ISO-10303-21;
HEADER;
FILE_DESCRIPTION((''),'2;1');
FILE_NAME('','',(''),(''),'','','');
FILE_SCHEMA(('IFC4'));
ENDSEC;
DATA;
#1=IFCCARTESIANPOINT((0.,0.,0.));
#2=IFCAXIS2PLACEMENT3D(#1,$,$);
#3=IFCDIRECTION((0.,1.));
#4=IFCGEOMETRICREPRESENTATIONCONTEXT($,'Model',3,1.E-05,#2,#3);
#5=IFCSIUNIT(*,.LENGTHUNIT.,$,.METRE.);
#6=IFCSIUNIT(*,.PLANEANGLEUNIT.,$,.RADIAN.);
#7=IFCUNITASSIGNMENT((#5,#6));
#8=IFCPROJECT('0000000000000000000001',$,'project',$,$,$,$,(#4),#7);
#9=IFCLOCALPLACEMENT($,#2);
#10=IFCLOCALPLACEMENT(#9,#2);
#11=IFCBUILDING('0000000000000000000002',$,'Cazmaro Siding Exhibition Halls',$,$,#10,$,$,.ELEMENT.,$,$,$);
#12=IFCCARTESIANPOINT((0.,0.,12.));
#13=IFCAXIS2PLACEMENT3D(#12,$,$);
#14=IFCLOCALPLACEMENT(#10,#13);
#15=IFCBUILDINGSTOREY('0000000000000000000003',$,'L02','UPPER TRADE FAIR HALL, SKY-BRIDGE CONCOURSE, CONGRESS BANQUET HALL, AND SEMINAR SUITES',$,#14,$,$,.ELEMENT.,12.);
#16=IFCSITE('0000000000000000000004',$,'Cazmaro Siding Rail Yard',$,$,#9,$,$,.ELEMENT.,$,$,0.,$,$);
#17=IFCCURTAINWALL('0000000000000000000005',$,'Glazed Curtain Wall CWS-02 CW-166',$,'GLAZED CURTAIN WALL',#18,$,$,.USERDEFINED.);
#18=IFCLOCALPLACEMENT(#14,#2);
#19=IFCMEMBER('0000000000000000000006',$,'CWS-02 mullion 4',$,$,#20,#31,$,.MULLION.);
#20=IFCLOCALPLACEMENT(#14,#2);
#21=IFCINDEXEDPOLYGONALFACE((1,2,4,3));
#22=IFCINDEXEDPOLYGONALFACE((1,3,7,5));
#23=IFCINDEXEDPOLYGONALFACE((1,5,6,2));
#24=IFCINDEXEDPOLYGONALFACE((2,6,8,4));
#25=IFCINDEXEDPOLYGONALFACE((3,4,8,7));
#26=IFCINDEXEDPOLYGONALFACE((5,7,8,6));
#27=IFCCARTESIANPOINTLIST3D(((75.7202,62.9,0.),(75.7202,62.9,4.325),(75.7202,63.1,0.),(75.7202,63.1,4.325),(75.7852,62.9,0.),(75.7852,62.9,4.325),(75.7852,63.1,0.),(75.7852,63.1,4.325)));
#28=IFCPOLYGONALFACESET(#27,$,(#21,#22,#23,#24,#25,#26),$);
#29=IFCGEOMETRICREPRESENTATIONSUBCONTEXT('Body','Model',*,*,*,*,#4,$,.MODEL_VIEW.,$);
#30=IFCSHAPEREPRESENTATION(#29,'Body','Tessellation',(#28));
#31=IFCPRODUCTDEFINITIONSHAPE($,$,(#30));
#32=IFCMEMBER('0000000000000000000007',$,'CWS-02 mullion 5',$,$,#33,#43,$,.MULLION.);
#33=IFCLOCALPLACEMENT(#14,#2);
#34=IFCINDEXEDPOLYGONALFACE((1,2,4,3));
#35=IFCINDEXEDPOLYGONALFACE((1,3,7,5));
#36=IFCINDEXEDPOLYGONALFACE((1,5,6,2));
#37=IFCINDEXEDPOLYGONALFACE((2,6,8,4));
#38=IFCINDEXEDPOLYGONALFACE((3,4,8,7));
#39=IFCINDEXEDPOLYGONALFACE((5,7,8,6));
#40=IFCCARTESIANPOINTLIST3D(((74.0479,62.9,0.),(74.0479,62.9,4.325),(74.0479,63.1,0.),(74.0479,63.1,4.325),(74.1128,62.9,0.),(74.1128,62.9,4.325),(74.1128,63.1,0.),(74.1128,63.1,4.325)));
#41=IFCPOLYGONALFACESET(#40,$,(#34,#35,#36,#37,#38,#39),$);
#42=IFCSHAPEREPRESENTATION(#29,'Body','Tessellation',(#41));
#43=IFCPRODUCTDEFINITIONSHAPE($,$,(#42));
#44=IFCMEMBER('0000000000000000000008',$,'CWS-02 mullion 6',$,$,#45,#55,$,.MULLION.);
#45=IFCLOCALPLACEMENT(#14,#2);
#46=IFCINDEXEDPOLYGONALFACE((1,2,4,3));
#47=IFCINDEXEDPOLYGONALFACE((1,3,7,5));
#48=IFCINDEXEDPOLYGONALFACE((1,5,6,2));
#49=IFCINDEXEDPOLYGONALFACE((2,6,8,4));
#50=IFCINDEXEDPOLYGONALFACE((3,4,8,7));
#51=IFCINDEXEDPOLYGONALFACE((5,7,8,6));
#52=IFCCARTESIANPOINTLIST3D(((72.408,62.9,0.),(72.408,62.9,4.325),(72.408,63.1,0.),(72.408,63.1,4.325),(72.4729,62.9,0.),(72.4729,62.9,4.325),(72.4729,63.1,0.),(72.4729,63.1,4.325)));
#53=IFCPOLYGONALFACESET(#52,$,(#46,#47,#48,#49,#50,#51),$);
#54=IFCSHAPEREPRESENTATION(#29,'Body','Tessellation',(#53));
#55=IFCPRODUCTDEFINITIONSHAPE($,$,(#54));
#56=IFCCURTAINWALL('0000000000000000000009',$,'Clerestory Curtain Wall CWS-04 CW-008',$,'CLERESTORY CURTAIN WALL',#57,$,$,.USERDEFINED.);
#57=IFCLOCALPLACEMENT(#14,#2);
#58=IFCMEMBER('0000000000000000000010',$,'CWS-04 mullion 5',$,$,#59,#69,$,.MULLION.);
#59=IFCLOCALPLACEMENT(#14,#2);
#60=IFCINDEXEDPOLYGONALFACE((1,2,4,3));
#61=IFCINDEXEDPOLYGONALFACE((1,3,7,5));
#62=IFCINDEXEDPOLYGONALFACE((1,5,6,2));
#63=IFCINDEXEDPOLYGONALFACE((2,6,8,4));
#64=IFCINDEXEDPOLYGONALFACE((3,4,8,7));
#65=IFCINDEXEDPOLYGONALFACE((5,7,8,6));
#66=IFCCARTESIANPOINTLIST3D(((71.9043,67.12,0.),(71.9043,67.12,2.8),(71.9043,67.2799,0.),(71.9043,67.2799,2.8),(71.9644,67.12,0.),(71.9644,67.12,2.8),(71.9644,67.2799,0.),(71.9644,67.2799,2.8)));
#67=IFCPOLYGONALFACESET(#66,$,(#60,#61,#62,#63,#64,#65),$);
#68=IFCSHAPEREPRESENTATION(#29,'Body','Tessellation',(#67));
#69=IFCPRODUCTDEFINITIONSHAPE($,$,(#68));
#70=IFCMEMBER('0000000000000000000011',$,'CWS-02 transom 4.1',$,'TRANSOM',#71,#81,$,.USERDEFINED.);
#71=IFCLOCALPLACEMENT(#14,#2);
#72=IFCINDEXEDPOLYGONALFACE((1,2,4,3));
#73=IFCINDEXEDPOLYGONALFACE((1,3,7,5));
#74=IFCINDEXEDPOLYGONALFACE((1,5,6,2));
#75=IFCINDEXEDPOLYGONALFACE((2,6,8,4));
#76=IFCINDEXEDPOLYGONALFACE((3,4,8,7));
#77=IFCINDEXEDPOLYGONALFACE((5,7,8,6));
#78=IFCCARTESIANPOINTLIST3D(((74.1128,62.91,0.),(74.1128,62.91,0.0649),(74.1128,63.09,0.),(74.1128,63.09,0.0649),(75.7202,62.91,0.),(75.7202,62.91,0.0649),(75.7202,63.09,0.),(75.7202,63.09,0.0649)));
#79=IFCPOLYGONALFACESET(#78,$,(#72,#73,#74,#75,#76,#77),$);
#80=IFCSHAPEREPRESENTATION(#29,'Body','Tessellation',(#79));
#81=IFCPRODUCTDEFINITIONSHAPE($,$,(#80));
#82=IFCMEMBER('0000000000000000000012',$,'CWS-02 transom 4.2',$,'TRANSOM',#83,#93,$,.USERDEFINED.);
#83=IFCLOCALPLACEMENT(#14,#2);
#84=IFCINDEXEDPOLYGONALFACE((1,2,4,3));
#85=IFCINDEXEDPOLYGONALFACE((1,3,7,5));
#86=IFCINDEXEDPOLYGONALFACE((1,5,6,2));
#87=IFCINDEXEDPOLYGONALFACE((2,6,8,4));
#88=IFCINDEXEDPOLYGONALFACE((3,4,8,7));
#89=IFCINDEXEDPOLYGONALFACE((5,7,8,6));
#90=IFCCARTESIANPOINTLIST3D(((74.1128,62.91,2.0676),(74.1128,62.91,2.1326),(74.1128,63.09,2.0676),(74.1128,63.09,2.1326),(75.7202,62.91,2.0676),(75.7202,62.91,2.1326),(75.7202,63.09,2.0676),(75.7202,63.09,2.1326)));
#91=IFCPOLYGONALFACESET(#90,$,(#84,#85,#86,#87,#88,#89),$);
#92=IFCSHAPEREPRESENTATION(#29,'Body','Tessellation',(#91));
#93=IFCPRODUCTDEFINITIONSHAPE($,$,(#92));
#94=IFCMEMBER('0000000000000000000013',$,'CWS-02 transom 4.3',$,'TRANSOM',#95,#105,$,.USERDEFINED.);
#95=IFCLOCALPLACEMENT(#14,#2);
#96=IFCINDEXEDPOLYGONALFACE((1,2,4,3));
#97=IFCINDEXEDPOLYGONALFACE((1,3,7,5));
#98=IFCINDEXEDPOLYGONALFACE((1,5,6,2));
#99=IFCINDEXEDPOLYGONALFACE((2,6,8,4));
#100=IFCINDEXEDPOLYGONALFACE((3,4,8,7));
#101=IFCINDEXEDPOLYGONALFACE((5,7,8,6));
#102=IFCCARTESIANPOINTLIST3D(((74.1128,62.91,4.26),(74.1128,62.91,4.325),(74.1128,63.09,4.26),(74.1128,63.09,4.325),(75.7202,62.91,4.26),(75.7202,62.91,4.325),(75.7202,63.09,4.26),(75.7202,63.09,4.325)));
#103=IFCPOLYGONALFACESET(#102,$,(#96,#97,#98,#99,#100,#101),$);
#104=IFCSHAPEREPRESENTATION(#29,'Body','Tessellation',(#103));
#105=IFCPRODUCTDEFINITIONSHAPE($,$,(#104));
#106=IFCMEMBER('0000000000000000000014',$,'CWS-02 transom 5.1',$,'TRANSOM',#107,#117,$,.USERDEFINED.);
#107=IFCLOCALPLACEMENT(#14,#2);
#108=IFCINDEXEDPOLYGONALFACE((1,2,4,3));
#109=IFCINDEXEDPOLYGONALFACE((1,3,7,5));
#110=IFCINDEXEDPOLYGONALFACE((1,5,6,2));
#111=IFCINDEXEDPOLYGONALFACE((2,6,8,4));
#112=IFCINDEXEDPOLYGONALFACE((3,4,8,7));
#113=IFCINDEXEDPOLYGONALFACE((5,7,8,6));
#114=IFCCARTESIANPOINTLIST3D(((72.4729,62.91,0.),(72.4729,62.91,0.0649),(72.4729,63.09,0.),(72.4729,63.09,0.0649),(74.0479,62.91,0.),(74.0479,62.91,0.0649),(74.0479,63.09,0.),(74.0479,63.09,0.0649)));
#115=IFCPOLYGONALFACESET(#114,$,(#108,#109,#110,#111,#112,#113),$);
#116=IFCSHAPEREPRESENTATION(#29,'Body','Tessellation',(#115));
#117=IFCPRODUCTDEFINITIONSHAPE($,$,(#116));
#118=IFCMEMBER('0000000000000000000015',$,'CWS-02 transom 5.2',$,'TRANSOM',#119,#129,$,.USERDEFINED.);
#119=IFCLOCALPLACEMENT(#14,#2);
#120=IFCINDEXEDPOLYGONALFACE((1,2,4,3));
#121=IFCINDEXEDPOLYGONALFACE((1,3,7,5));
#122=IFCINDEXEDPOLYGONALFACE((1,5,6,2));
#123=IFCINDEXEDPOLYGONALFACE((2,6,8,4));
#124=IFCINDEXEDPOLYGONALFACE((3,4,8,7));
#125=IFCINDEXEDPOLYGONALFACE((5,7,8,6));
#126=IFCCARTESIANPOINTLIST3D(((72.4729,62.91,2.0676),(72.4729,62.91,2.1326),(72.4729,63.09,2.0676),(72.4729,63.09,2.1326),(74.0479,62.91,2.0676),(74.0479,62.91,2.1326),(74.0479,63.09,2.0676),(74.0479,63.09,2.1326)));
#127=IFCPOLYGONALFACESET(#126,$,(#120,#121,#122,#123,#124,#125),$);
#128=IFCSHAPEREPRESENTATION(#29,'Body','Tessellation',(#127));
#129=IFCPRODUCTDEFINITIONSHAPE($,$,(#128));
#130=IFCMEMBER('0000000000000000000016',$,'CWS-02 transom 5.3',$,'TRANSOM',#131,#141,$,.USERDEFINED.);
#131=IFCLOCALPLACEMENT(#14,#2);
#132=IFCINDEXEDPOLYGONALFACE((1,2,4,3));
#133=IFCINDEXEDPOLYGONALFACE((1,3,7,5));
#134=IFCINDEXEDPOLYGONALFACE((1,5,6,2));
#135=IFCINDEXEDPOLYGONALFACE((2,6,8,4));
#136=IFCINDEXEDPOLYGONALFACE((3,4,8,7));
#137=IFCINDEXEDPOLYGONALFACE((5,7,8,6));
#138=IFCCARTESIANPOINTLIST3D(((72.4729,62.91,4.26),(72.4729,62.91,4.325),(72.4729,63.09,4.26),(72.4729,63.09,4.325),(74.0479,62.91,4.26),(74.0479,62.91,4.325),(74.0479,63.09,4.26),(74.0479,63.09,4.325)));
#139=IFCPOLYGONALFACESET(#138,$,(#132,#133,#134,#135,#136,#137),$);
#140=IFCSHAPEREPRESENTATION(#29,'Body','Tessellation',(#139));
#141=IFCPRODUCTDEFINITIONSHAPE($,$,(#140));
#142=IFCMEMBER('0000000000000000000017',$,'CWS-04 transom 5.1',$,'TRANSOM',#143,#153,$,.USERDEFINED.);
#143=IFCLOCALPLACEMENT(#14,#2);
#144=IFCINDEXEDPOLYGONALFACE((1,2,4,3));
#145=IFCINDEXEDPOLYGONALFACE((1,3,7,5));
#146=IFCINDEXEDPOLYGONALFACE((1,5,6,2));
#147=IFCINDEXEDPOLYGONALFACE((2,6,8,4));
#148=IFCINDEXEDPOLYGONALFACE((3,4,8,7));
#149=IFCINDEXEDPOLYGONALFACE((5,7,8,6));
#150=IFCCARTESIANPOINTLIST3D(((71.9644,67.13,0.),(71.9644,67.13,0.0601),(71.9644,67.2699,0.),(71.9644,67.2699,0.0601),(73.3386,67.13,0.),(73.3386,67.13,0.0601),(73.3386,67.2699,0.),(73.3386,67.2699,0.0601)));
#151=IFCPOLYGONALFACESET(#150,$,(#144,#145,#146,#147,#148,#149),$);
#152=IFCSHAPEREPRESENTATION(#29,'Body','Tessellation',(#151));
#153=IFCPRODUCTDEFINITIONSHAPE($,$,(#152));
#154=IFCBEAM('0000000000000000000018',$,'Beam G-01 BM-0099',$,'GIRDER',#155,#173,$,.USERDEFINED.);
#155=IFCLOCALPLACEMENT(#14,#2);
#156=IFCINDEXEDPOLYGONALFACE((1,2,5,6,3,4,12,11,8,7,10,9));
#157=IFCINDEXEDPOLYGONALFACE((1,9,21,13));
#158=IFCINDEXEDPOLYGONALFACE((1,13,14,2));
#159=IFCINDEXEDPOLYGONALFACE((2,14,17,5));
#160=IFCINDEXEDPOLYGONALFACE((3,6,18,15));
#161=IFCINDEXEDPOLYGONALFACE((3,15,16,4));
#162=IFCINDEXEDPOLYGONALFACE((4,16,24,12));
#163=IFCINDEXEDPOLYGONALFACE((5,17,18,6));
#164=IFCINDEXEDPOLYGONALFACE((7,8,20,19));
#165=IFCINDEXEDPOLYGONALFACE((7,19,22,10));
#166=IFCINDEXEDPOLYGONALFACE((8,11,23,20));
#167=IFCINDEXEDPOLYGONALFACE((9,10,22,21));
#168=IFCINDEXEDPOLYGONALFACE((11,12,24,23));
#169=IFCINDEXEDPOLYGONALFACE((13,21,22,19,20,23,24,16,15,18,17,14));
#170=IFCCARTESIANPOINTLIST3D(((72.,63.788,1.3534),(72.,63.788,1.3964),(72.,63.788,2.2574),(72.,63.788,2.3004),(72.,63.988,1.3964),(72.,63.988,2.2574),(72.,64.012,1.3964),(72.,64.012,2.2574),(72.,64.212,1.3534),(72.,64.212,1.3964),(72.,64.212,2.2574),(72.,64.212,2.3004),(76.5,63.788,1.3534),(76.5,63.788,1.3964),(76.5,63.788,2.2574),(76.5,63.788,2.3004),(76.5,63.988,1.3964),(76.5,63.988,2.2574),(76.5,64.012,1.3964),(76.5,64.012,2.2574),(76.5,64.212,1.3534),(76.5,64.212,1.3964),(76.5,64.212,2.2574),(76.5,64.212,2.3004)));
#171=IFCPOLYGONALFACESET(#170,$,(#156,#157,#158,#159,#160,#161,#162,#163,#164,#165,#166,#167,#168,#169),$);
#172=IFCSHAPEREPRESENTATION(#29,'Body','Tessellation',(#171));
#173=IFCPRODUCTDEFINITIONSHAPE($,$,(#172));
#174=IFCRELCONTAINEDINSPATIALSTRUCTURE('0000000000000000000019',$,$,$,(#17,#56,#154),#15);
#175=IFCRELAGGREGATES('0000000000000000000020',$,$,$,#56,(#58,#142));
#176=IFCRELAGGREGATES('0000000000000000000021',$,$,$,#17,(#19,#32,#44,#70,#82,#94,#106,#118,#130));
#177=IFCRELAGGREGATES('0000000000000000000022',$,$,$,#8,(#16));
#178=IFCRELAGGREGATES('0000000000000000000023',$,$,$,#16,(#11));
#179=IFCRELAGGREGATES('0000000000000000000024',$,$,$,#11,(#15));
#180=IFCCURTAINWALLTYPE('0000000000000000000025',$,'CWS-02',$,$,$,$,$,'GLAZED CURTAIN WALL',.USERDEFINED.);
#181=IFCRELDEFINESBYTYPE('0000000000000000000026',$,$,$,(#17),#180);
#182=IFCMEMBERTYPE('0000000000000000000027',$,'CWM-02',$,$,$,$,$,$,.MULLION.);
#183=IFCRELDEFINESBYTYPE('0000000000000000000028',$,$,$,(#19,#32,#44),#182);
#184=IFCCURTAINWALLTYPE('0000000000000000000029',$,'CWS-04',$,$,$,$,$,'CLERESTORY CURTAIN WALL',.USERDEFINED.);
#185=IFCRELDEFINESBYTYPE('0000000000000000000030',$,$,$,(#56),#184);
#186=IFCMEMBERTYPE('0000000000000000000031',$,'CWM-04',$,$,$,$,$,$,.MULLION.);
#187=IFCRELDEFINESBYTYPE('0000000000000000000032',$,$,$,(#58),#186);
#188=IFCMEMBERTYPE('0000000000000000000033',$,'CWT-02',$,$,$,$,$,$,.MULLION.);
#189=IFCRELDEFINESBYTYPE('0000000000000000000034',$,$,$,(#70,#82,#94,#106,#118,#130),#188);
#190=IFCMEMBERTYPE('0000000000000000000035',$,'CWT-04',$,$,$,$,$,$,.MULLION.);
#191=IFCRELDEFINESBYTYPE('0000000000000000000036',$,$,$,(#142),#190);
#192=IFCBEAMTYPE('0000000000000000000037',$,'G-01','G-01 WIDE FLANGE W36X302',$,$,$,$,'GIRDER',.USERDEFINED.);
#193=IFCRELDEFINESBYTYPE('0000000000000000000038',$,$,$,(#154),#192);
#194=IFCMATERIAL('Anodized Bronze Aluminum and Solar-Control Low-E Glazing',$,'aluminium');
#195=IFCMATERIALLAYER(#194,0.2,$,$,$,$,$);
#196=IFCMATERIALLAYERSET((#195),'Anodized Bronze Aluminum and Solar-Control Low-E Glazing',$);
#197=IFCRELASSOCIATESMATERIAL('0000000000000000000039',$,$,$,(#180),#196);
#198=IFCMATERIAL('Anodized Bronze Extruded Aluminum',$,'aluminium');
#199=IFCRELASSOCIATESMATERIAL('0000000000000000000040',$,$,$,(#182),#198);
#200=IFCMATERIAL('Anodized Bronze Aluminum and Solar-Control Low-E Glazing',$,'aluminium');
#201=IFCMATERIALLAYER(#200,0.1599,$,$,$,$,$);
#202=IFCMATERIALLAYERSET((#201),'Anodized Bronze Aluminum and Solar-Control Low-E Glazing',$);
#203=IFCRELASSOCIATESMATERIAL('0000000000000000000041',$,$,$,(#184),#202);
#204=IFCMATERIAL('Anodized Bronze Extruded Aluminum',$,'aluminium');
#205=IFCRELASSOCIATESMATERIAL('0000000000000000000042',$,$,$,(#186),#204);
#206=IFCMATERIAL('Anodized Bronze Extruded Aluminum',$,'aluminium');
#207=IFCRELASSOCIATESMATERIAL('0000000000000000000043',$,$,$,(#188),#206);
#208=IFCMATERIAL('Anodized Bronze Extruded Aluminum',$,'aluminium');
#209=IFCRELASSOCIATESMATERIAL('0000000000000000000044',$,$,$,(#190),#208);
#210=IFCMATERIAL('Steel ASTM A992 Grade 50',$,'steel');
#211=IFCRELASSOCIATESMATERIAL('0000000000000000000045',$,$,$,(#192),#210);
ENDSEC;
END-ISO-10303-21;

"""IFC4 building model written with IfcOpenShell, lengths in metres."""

from ifc_helpers import new_model, si_unit, direction, frame, origin, origin_2d, place, context, subcontext, project, spatial, rectangle, i_section, extrude, material, layer, layer_set, material_profile, profile_set, type_object, element, aggregate, save


model = new_model("IFC4")

# Units and contexts
model_context = context("Model", 3, precision=1e-05, world=origin(), true_north=direction((0.0, 1.0)))
body_context = subcontext(model_context, "Body", "Model", "MODEL_VIEW")
ifc_project = project(units=[si_unit("LENGTHUNIT", "METRE"), si_unit("PLANEANGLEUNIT", "RADIAN")], contexts=[model_context])

# Site, building, storey
site_placement = place(None, origin())
site = spatial("IfcSite", under=ifc_project, at=site_placement, Name="Cazmaro Siding Rail Yard", CompositionType="ELEMENT", RefElevation=0.0)
building_placement = place(site_placement, origin())
building = spatial("IfcBuilding", under=site, at=building_placement, Name="Cazmaro Siding Exhibition Halls", CompositionType="ELEMENT")
storey_placement = place(building_placement, frame((0.0, 0.0, 12.0)))
storey = spatial("IfcBuildingStorey", under=building, at=storey_placement, Name="L02", Description="UPPER TRADE FAIR HALL, SKY-BRIDGE CONCOURSE, CONGRESS BANQUET HALL, AND SEMINAR SUITES", CompositionType="ELEMENT", Elevation=12.0)

# Shared definitions
ifc_material_1 = material(Name="Anodized Bronze Aluminum and Solar-Control Low-E Glazing", Category="aluminium")
ifc_layer_1 = layer(ifc_material_1, 0.2)
ifc_layer_set_1 = layer_set([ifc_layer_1], Name="Anodized Bronze Aluminum and Solar-Control Low-E Glazing")
curtain_wall_type_1 = type_object("IfcCurtainWallType", Name="CWS-02", ElementType="GLAZED CURTAIN WALL", PredefinedType="USERDEFINED", material=ifc_layer_set_1)
ifc_material_2 = material(Name="Anodized Bronze Extruded Aluminum", Category="aluminium")
ifc_material_profile_1 = material_profile(ifc_material_2, rectangle(XDim=0.2, YDim=0.0649, at=origin_2d()), Name="CWM-02")
ifc_profile_set_1 = profile_set([ifc_material_profile_1], Name="Anodized Bronze Extruded Aluminum")
member_type_1 = type_object("IfcMemberType", Name="CWM-02", PredefinedType="MULLION", material=ifc_profile_set_1)

# Curtain wall, members
curtain_wall_1_placement = place(storey_placement, origin())
curtain_wall_1 = element("IfcCurtainWall", 1, at=curtain_wall_1_placement, inside=storey, type_object=curtain_wall_type_1, Name="Glazed Curtain Wall CWS-02 CW-166", ObjectType="GLAZED CURTAIN WALL", PredefinedType="USERDEFINED")
member_1_placement = place(storey_placement, frame((75.7527, 63.0, 0.0), z_axis=(0.0, 0.0, 1.0), x_axis=(0.0, -1.0, 0.0)))
member_1 = element("IfcMember", 2, at=member_1_placement, type_object=member_type_1, Name="CWS-02 mullion 4", PredefinedType="MULLION", context=body_context, shape_type="SweptSolid", body=[
    extrude(rectangle(XDim=0.2, YDim=0.0649, at=origin_2d()), origin(), (0.0, 0.0, 1.0), 4.325),
])
member_2_placement = place(storey_placement, frame((74.0803, 63.0, 0.0), z_axis=(0.0, 0.0, 1.0), x_axis=(0.0, -1.0, 0.0)))
member_2 = element("IfcMember", 3, at=member_2_placement, type_object=member_type_1, Name="CWS-02 mullion 5", PredefinedType="MULLION", context=body_context, shape_type="SweptSolid", body=[
    extrude(rectangle(XDim=0.2, YDim=0.0649, at=origin_2d()), origin(), (0.0, 0.0, 1.0), 4.325),
])
member_3_placement = place(storey_placement, frame((72.4404, 63.0, 0.0), z_axis=(0.0, 0.0, 1.0), x_axis=(0.0, -1.0, 0.0)))
member_3 = element("IfcMember", 4, at=member_3_placement, type_object=member_type_1, Name="CWS-02 mullion 6", PredefinedType="MULLION", context=body_context, shape_type="SweptSolid", body=[
    extrude(rectangle(XDim=0.2, YDim=0.0649, at=origin_2d()), origin(), (0.0, 0.0, 1.0), 4.325),
])

# Curtain wall, member
ifc_material_3 = material(Name="Anodized Bronze Aluminum and Solar-Control Low-E Glazing", Category="aluminium")
ifc_layer_2 = layer(ifc_material_3, 0.1599)
ifc_layer_set_2 = layer_set([ifc_layer_2], Name="Anodized Bronze Aluminum and Solar-Control Low-E Glazing")
curtain_wall_type_2 = type_object("IfcCurtainWallType", Name="CWS-04", ElementType="CLERESTORY CURTAIN WALL", PredefinedType="USERDEFINED", material=ifc_layer_set_2)
curtain_wall_2_placement = place(storey_placement, origin())
curtain_wall_2 = element("IfcCurtainWall", 5, at=curtain_wall_2_placement, inside=storey, type_object=curtain_wall_type_2, Name="Clerestory Curtain Wall CWS-04 CW-008", ObjectType="CLERESTORY CURTAIN WALL", PredefinedType="USERDEFINED")
ifc_material_4 = material(Name="Anodized Bronze Extruded Aluminum", Category="aluminium")
ifc_material_profile_2 = material_profile(ifc_material_4, rectangle(XDim=0.1599, YDim=0.0601, at=origin_2d()), Name="CWM-04")
ifc_profile_set_2 = profile_set([ifc_material_profile_2], Name="Anodized Bronze Extruded Aluminum")
member_type_2 = type_object("IfcMemberType", Name="CWM-04", PredefinedType="MULLION", material=ifc_profile_set_2)
member_4_placement = place(storey_placement, frame((71.9343, 67.2, 0.0), z_axis=(0.0, 0.0, 1.0), x_axis=(0.0, 1.0, 0.0)))
member_4 = element("IfcMember", 6, at=member_4_placement, type_object=member_type_2, Name="CWS-04 mullion 5", PredefinedType="MULLION", context=body_context, shape_type="SweptSolid", body=[
    extrude(rectangle(XDim=0.1599, YDim=0.0601, at=origin_2d()), origin(), (0.0, 0.0, 1.0), 2.8),
])

# Members
ifc_material_5 = material(Name="Anodized Bronze Extruded Aluminum", Category="aluminium")
ifc_material_profile_3 = material_profile(ifc_material_5, rectangle(XDim=0.1799, YDim=0.0649, at=origin_2d()), Name="CWT-02")
ifc_profile_set_3 = profile_set([ifc_material_profile_3], Name="Anodized Bronze Extruded Aluminum")
member_type_3 = type_object("IfcMemberType", Name="CWT-02", PredefinedType="MULLION", material=ifc_profile_set_3)
member_5_placement = place(storey_placement, frame((75.7202, 63.0, 0.0325), z_axis=(-1.0, 0.0, 0.0), x_axis=(0.0, -1.0, 0.0)))
member_5 = element("IfcMember", 7, at=member_5_placement, type_object=member_type_3, Name="CWS-02 transom 4.1", ObjectType="TRANSOM", PredefinedType="USERDEFINED", context=body_context, shape_type="SweptSolid", body=[
    extrude(rectangle(XDim=0.1799, YDim=0.0649, at=origin_2d()), origin(), (0.0, 0.0, 1.0), 1.6074),
])
member_6_placement = place(storey_placement, frame((75.7202, 63.0, 2.1001), z_axis=(-1.0, 0.0, 0.0), x_axis=(0.0, -1.0, 0.0)))
member_6 = element("IfcMember", 8, at=member_6_placement, type_object=member_type_3, Name="CWS-02 transom 4.2", ObjectType="TRANSOM", PredefinedType="USERDEFINED", context=body_context, shape_type="SweptSolid", body=[
    extrude(rectangle(XDim=0.1799, YDim=0.0649, at=origin_2d()), origin(), (0.0, 0.0, 1.0), 1.6074),
])
member_7_placement = place(storey_placement, frame((75.7202, 63.0, 4.2925), z_axis=(-1.0, 0.0, 0.0), x_axis=(0.0, -1.0, 0.0)))
member_7 = element("IfcMember", 9, at=member_7_placement, type_object=member_type_3, Name="CWS-02 transom 4.3", ObjectType="TRANSOM", PredefinedType="USERDEFINED", context=body_context, shape_type="SweptSolid", body=[
    extrude(rectangle(XDim=0.1799, YDim=0.0649, at=origin_2d()), origin(), (0.0, 0.0, 1.0), 1.6074),
])
member_8_placement = place(storey_placement, frame((74.0479, 63.0, 0.0325), z_axis=(-1.0, 0.0, 0.0), x_axis=(0.0, -1.0, 0.0)))
member_8 = element("IfcMember", 10, at=member_8_placement, type_object=member_type_3, Name="CWS-02 transom 5.1", ObjectType="TRANSOM", PredefinedType="USERDEFINED", context=body_context, shape_type="SweptSolid", body=[
    extrude(rectangle(XDim=0.1799, YDim=0.0649, at=origin_2d()), origin(), (0.0, 0.0, 1.0), 1.575),
])
member_9_placement = place(storey_placement, frame((74.0479, 63.0, 2.1001), z_axis=(-1.0, 0.0, 0.0), x_axis=(0.0, -1.0, 0.0)))
member_9 = element("IfcMember", 11, at=member_9_placement, type_object=member_type_3, Name="CWS-02 transom 5.2", ObjectType="TRANSOM", PredefinedType="USERDEFINED", context=body_context, shape_type="SweptSolid", body=[
    extrude(rectangle(XDim=0.1799, YDim=0.0649, at=origin_2d()), origin(), (0.0, 0.0, 1.0), 1.575),
])
member_10_placement = place(storey_placement, frame((74.0479, 63.0, 4.2925), z_axis=(-1.0, 0.0, 0.0), x_axis=(0.0, -1.0, 0.0)))
member_10 = element("IfcMember", 12, at=member_10_placement, type_object=member_type_3, Name="CWS-02 transom 5.3", ObjectType="TRANSOM", PredefinedType="USERDEFINED", context=body_context, shape_type="SweptSolid", body=[
    extrude(rectangle(XDim=0.1799, YDim=0.0649, at=origin_2d()), origin(), (0.0, 0.0, 1.0), 1.575),
])
ifc_material_6 = material(Name="Anodized Bronze Extruded Aluminum", Category="aluminium")
ifc_material_profile_4 = material_profile(ifc_material_6, rectangle(XDim=0.1399, YDim=0.0601, at=origin_2d()), Name="CWT-04")
ifc_profile_set_4 = profile_set([ifc_material_profile_4], Name="Anodized Bronze Extruded Aluminum")
member_type_4 = type_object("IfcMemberType", Name="CWT-04", PredefinedType="MULLION", material=ifc_profile_set_4)
member_11_placement = place(storey_placement, frame((71.9644, 67.2, 0.03), z_axis=(1.0, 0.0, 0.0), x_axis=(0.0, 1.0, 0.0)))
member_11 = element("IfcMember", 13, at=member_11_placement, type_object=member_type_4, Name="CWS-04 transom 5.1", ObjectType="TRANSOM", PredefinedType="USERDEFINED", context=body_context, shape_type="SweptSolid", body=[
    extrude(rectangle(XDim=0.1399, YDim=0.0601, at=origin_2d()), origin(), (0.0, 0.0, 1.0), 1.3743),
])
aggregate(curtain_wall_2, [member_4, member_11])

# Beam
ifc_material_7 = material(Name="Steel ASTM A992 Grade 50", Category="steel")
ifc_material_profile_5 = material_profile(ifc_material_7, i_section(OverallWidth=0.4241, OverallDepth=0.947, WebThickness=0.0239, FlangeThickness=0.043, at=origin_2d()), Name="W36X302")
ifc_profile_set_5 = profile_set([ifc_material_profile_5], Name="Steel ASTM A992 Grade 50")
beam_type_1 = type_object("IfcBeamType", Name="G-01", Description="G-01 WIDE FLANGE W36X302", ElementType="GIRDER", PredefinedType="USERDEFINED", material=ifc_profile_set_5)
for number, where, z_axis, x_axis, name in (
    (14, (72.0, 64.0, 1.8269), (1.0, 0.0, 0.0), (0.0, 1.0, 0.0), "Beam G-01 BM-0099"),
):
    element("IfcBeam", number, at=place(storey_placement, frame(where, z_axis=z_axis, x_axis=x_axis)), inside=storey, type_object=beam_type_1, Name=name, ObjectType="GIRDER", PredefinedType="USERDEFINED", context=body_context, shape_type="SweptSolid", body=[
        extrude(i_section(OverallWidth=0.4241, OverallDepth=0.947, WebThickness=0.0239, FlangeThickness=0.043, at=origin_2d()), origin(), (0.0, 0.0, 1.0), 4.5),
    ])

aggregate(curtain_wall_1, [member_1, member_2, member_3, member_5, member_6, member_7, member_8, member_9, member_10])

save(model, "model.ifc")
